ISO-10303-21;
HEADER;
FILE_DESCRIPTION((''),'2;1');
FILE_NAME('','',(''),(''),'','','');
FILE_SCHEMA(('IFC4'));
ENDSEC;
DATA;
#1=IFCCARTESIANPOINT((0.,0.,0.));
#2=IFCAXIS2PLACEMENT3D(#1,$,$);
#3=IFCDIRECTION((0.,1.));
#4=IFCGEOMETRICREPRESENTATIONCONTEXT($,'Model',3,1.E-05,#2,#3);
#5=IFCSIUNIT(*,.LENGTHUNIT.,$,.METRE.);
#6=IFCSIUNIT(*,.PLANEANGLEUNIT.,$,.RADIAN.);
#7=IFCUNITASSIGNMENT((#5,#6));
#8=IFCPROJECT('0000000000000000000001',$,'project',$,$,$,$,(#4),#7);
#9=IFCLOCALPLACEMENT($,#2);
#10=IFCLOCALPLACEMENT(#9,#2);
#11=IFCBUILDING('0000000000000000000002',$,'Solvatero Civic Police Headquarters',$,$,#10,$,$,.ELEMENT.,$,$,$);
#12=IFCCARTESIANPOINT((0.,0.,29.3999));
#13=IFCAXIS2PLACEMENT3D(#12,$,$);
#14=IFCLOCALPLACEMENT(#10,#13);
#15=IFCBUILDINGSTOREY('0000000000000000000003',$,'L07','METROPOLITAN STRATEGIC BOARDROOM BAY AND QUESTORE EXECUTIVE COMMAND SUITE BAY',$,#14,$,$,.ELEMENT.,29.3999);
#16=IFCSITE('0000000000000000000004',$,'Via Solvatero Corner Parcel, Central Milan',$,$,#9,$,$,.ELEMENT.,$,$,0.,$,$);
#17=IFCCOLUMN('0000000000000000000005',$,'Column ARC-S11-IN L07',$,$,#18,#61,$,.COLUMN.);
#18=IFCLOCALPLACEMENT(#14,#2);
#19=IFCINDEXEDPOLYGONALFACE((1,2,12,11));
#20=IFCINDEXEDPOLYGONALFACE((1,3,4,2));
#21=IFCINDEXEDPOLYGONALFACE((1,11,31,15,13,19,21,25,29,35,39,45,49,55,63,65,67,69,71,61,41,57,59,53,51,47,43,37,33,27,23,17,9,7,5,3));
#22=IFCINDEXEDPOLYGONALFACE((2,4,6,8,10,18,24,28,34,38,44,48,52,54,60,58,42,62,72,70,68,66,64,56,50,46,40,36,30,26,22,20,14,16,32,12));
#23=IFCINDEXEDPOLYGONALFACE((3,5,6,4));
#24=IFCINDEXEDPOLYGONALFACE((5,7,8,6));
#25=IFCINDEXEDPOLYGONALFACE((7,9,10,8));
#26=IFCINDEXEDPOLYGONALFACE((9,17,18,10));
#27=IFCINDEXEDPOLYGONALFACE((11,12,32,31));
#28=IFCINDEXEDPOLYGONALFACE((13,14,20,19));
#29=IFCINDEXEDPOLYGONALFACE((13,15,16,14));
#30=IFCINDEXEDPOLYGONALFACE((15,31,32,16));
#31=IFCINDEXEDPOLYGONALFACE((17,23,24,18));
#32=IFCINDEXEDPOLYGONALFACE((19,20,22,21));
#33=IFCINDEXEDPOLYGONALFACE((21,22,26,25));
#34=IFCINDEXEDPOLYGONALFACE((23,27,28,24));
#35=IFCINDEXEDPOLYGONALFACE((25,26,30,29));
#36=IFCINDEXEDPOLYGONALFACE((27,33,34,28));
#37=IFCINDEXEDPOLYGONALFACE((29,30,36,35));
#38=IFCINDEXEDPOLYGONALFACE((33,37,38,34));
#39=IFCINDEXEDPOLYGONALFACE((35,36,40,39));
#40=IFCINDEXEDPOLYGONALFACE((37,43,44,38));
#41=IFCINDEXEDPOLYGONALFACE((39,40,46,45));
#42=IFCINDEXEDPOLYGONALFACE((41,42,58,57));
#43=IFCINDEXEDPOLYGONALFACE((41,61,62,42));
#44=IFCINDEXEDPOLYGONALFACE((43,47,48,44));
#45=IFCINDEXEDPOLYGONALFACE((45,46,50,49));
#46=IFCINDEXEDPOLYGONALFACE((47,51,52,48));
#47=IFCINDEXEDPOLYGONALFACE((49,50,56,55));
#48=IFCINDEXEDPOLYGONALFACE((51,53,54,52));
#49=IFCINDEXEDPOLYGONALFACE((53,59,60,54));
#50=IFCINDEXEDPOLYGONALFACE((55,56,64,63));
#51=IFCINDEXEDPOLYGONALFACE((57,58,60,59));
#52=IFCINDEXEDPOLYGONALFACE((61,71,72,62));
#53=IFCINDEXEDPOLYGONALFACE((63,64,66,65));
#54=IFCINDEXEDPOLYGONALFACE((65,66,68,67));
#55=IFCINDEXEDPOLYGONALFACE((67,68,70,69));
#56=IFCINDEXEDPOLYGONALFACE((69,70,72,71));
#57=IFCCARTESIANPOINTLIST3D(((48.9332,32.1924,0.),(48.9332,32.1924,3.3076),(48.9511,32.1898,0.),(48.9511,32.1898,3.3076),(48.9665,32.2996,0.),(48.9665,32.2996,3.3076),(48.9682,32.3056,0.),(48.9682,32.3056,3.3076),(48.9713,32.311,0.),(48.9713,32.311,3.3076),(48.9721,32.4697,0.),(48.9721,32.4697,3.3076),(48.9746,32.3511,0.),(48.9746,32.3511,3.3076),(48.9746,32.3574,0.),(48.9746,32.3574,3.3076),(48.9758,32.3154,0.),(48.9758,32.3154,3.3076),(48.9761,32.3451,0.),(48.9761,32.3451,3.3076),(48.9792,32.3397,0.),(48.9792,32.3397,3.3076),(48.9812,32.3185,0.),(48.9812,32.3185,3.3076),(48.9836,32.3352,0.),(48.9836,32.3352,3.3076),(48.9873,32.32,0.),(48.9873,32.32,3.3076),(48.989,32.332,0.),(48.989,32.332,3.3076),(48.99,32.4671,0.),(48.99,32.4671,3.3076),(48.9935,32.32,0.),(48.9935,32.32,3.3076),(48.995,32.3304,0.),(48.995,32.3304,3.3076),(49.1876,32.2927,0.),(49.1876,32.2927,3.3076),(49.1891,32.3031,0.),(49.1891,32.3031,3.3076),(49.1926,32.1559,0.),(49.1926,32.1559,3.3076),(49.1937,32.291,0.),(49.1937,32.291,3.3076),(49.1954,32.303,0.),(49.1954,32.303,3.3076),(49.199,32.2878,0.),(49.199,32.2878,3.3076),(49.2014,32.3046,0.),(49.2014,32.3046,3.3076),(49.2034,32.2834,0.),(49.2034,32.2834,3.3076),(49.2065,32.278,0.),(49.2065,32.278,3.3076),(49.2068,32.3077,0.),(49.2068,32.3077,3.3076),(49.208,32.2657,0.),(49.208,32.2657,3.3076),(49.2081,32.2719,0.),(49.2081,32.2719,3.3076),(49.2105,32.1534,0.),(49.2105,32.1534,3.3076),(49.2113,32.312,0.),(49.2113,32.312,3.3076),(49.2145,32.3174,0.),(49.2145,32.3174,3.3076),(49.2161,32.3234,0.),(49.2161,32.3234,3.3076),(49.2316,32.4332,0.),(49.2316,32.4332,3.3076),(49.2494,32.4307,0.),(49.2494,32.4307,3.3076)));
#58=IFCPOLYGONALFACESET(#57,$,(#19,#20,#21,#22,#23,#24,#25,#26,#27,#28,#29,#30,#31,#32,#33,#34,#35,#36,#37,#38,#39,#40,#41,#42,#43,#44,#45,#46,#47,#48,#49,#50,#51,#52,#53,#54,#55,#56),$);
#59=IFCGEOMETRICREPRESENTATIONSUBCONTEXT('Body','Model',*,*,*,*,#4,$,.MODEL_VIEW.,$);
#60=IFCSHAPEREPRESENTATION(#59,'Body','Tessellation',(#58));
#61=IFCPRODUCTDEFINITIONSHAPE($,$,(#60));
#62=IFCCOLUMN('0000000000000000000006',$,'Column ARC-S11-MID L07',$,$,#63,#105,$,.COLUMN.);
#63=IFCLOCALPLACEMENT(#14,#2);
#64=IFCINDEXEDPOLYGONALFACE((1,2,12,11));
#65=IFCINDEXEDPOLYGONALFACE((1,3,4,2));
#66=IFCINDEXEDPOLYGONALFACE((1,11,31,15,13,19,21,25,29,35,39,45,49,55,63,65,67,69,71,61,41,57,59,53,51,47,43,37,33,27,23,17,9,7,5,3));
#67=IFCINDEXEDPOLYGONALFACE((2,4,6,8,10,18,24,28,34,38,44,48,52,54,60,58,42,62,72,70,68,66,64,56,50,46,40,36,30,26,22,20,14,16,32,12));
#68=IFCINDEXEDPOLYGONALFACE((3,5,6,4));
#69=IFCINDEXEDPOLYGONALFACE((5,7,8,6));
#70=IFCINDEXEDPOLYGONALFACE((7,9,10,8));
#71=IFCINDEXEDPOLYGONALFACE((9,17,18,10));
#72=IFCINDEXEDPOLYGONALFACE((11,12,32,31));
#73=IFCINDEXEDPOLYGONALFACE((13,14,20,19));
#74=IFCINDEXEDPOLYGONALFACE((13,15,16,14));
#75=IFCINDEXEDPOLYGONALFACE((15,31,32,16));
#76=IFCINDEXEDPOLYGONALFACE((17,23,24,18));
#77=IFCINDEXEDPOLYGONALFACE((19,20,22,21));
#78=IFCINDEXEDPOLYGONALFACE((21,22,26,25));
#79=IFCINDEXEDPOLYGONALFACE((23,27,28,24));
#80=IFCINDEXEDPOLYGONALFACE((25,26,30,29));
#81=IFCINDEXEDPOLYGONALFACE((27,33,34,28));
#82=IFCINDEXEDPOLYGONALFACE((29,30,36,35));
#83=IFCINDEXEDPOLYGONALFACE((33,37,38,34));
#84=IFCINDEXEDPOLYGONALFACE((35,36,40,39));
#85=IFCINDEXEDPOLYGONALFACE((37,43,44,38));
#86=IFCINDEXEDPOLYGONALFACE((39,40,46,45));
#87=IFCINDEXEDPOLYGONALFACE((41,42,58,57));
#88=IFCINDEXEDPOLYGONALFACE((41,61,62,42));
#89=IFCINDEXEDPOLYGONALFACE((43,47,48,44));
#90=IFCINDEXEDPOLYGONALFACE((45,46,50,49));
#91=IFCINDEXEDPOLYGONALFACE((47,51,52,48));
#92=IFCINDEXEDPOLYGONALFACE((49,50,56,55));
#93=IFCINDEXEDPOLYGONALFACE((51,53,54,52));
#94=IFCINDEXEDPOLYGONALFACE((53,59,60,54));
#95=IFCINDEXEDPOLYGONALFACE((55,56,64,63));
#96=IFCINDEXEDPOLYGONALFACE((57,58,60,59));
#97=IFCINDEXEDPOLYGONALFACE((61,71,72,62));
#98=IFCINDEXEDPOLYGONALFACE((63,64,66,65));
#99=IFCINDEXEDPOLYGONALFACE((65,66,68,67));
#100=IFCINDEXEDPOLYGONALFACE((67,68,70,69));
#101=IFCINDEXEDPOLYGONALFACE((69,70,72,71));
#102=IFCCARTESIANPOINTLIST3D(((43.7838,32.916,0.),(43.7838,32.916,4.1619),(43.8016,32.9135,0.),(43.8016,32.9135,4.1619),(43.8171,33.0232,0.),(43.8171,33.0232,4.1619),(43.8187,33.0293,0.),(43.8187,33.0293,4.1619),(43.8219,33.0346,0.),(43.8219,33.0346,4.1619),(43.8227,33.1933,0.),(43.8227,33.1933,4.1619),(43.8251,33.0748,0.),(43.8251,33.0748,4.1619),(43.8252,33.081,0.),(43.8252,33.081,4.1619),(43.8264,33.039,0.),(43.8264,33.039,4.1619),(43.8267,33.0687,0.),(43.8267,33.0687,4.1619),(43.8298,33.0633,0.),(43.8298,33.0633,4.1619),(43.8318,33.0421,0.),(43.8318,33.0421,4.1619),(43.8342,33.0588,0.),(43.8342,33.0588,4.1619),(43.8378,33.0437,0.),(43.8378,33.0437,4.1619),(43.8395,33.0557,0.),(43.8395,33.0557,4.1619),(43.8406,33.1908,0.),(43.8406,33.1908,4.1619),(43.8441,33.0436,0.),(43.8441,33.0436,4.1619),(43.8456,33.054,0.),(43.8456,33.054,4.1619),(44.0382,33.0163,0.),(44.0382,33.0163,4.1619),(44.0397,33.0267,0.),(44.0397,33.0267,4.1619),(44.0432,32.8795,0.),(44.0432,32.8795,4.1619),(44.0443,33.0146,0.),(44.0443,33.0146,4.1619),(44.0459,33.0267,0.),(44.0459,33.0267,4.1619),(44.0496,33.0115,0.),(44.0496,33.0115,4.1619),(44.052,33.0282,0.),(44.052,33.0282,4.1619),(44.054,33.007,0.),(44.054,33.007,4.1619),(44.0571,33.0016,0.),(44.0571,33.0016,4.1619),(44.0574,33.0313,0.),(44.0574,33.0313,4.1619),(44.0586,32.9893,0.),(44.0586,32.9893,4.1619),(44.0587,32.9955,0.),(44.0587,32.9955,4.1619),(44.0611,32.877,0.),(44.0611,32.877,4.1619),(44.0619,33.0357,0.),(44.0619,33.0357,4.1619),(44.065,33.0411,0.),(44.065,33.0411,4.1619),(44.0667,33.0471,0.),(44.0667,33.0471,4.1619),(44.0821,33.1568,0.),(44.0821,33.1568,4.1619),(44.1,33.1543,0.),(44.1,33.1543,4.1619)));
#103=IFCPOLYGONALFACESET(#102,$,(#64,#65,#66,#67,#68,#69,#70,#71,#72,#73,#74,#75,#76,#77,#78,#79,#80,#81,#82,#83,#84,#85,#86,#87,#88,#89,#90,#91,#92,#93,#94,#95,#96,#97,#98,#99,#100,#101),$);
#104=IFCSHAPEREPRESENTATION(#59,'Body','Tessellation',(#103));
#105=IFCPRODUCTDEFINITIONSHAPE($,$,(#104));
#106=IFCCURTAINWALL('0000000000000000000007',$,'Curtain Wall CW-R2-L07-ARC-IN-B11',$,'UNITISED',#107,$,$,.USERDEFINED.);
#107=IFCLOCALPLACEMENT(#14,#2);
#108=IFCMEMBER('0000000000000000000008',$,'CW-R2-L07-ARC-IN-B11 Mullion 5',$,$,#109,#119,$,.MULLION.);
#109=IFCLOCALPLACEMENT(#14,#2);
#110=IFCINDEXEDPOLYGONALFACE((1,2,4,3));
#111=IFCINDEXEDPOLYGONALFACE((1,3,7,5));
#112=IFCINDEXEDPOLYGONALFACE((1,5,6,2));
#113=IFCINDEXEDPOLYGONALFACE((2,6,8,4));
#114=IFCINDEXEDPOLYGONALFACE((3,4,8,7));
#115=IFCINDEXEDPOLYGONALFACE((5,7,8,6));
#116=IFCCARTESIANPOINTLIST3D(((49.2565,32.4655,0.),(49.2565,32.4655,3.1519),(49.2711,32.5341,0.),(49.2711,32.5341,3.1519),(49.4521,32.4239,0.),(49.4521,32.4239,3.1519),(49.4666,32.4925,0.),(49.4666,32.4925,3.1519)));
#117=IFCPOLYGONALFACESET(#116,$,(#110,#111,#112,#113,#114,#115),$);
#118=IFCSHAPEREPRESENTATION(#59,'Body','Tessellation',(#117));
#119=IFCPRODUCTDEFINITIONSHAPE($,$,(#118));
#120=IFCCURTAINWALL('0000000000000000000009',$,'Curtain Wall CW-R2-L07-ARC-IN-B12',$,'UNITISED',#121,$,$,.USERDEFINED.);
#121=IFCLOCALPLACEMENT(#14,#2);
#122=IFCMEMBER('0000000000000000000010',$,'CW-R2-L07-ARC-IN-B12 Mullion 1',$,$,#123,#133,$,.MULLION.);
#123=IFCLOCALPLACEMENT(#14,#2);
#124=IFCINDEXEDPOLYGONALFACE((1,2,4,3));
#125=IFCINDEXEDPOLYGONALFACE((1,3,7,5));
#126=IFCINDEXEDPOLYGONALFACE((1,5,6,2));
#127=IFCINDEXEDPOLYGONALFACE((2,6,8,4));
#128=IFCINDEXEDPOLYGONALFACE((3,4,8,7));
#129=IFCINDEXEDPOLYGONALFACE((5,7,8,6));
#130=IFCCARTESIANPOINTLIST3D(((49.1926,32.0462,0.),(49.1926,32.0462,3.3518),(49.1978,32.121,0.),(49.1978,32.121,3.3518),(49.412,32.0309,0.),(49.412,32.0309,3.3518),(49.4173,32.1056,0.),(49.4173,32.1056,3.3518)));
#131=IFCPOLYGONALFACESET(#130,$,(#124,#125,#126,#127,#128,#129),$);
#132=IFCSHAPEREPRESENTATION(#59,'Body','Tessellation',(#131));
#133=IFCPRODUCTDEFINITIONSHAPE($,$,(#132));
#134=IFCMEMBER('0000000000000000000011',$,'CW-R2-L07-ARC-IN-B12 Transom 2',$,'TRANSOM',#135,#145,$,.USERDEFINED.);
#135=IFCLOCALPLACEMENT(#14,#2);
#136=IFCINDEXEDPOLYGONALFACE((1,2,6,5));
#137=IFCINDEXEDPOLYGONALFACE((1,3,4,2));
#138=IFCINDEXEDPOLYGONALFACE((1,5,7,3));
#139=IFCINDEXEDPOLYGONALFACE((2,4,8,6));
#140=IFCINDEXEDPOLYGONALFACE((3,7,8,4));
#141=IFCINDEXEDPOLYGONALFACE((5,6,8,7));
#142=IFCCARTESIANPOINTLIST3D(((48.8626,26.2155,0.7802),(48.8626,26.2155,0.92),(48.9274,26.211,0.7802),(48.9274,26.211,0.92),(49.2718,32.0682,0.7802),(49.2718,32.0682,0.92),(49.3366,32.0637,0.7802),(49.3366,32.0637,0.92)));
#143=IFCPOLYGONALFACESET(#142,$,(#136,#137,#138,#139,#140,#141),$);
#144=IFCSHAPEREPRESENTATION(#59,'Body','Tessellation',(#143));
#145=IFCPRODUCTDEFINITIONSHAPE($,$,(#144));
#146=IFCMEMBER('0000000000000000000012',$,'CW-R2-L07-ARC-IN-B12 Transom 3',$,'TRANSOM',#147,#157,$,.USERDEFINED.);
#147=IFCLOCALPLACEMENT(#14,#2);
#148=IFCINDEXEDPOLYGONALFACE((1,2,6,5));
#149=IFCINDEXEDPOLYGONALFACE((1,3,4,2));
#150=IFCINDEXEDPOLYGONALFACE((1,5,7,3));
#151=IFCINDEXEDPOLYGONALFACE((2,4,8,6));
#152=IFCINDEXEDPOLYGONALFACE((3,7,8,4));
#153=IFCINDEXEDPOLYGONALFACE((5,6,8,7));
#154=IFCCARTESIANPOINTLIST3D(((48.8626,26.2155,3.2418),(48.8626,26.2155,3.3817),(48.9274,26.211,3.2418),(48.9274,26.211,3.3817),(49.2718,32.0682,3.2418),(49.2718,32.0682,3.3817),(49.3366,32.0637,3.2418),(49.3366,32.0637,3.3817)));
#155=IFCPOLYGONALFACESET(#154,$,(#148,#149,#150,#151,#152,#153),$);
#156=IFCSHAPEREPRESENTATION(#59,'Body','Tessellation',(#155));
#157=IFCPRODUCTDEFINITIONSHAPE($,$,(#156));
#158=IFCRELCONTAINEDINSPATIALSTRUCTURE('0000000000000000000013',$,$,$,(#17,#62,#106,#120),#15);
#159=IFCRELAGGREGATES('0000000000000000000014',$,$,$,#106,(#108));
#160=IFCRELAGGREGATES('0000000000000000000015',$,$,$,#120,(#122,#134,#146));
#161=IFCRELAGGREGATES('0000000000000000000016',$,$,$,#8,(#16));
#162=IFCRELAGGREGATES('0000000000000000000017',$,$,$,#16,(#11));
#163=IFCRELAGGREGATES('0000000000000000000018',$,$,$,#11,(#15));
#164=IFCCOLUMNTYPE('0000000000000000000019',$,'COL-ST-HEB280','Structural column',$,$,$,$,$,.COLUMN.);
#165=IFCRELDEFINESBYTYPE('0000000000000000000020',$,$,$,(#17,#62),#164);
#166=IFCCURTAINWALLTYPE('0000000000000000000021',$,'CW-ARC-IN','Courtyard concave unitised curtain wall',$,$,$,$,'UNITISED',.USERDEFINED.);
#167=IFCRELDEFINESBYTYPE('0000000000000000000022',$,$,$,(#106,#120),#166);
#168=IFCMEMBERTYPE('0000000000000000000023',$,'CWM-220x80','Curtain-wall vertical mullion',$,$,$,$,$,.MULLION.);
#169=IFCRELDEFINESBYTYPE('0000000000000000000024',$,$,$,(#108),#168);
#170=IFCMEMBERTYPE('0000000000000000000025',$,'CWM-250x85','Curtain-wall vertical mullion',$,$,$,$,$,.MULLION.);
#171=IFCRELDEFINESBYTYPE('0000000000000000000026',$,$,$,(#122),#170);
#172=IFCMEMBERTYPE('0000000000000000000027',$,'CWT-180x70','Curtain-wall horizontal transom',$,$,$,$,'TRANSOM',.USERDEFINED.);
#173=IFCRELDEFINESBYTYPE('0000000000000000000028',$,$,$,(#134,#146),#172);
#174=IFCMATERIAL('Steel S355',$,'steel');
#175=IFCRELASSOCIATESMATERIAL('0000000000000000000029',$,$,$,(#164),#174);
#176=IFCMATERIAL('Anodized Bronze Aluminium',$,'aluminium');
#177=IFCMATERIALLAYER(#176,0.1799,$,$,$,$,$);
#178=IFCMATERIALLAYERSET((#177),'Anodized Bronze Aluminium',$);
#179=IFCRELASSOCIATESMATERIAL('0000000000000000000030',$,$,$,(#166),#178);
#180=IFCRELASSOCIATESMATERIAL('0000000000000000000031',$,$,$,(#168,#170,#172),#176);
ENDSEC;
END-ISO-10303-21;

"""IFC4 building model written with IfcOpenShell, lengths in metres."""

from ifc_helpers import new_model, si_unit, direction, frame, origin, origin_2d, place, context, subcontext, project, spatial, rectangle, i_section, extrude, material, layer, layer_set, material_profile, profile_set, type_object, element, aggregate, save


model = new_model("IFC4")

# Units and contexts
model_context = context("Model", 3, precision=1e-05, world=origin(), true_north=direction((0.0, 1.0)))
body_context = subcontext(model_context, "Body", "Model", "MODEL_VIEW")
ifc_project = project(units=[si_unit("LENGTHUNIT", "METRE"), si_unit("PLANEANGLEUNIT", "RADIAN")], contexts=[model_context])

# Site, building, storey
site_placement = place(None, origin())
site = spatial("IfcSite", under=ifc_project, at=site_placement, Name="Via Solvatero Corner Parcel, Central Milan", CompositionType="ELEMENT", RefElevation=0.0)
building_placement = place(site_placement, origin())
building = spatial("IfcBuilding", under=site, at=building_placement, Name="Solvatero Civic Police Headquarters", CompositionType="ELEMENT")
storey_placement = place(building_placement, frame((0.0, 0.0, 29.3999)))
storey = spatial("IfcBuildingStorey", under=building, at=storey_placement, Name="L07", Description="METROPOLITAN STRATEGIC BOARDROOM BAY AND QUESTORE EXECUTIVE COMMAND SUITE BAY", CompositionType="ELEMENT", Elevation=29.3999)

# Columns
ifc_material_1 = material(Name="Steel S355", Category="steel")
ifc_material_profile_1 = material_profile(ifc_material_1, i_section(OverallWidth=0.28, OverallDepth=0.28, WebThickness=0.0105, FlangeThickness=0.0181, FilletRadius=0.0239, at=origin_2d()), Name="HEB 280")
ifc_profile_set_1 = profile_set([ifc_material_profile_1], Name="Steel S355")
column_type = type_object("IfcColumnType", Name="COL-ST-HEB280", Description="Structural column", PredefinedType="COLUMN", material=ifc_profile_set_1)
column_1_placement = place(storey_placement, frame((49.0913, 32.3115, 0.0), z_axis=(0.0, 0.0, 1.0), x_axis=(0.139173, 0.990268, 0.0)))
element("IfcColumn", 1, at=column_1_placement, inside=storey, type_object=column_type, Name="Column ARC-S11-IN L07", PredefinedType="COLUMN", context=body_context, shape_type="SweptSolid", body=[
    extrude(i_section(OverallWidth=0.28, OverallDepth=0.28, WebThickness=0.0105, FlangeThickness=0.0181, FilletRadius=0.0239, at=origin_2d()), origin(), (0.0, 0.0, 1.0), 3.3076),
])
column_2_placement = place(storey_placement, frame((43.9419, 33.0352, 0.0), z_axis=(0.0, 0.0, 1.0), x_axis=(0.139173, 0.990268, 0.0)))
element("IfcColumn", 2, at=column_2_placement, inside=storey, type_object=column_type, Name="Column ARC-S11-MID L07", PredefinedType="COLUMN", context=body_context, shape_type="SweptSolid", body=[
    extrude(i_section(OverallWidth=0.28, OverallDepth=0.28, WebThickness=0.0105, FlangeThickness=0.0181, FilletRadius=0.0239, at=origin_2d()), origin(), (0.0, 0.0, 1.0), 4.1619),
])

# Curtain wall, member
ifc_material_2 = material(Name="Anodized Bronze Aluminium", Category="aluminium")
ifc_layer_1 = layer(ifc_material_2, 0.1799)
ifc_layer_set_1 = layer_set([ifc_layer_1], Name="Anodized Bronze Aluminium")
curtain_wall_type = type_object("IfcCurtainWallType", Name="CW-ARC-IN", Description="Courtyard concave unitised curtain wall", ElementType="UNITISED", PredefinedType="USERDEFINED", material=ifc_layer_set_1)
curtain_wall_1_placement = place(storey_placement, origin())
curtain_wall_1 = element("IfcCurtainWall", 3, at=curtain_wall_1_placement, inside=storey, type_object=curtain_wall_type, Name="Curtain Wall CW-R2-L07-ARC-IN-B11", ObjectType="UNITISED", PredefinedType="USERDEFINED")
ifc_material_profile_2 = material_profile(ifc_material_2, rectangle(XDim=0.0701, YDim=0.2, at=origin_2d()), Name="ALU MULLION 70x200")
ifc_profile_set_2 = profile_set([ifc_material_profile_2], Name="Anodized Bronze Aluminium")
member_type_1 = type_object("IfcMemberType", Name="CWM-220x80", Description="Curtain-wall vertical mullion", PredefinedType="MULLION", material=ifc_profile_set_2)
member_1_placement = place(storey_placement, frame((49.3616, 32.479, 0.0), z_axis=(0.0, 0.0, 1.0), x_axis=(-0.207912, -0.978148, 0.0)))
member_1 = element("IfcMember", 4, at=member_1_placement, type_object=member_type_1, Name="CW-R2-L07-ARC-IN-B11 Mullion 5", PredefinedType="MULLION", context=body_context, shape_type="SweptSolid", body=[
    extrude(rectangle(XDim=0.0701, YDim=0.2, at=origin_2d()), origin(), (0.0, 0.0, 1.0), 3.1519),
])
aggregate(curtain_wall_1, [member_1])

# Curtain wall, members
curtain_wall_2_placement = place(storey_placement, origin())
curtain_wall_2 = element("IfcCurtainWall", 5, at=curtain_wall_2_placement, inside=storey, type_object=curtain_wall_type, Name="Curtain Wall CW-R2-L07-ARC-IN-B12", ObjectType="UNITISED", PredefinedType="USERDEFINED")
ifc_material_profile_3 = material_profile(ifc_material_2, rectangle(XDim=0.075, YDim=0.22, at=origin_2d()), Name="ALU MULLION 75x220")
ifc_profile_set_3 = profile_set([ifc_material_profile_3], Name="Anodized Bronze Aluminium")
member_type_2 = type_object("IfcMemberType", Name="CWM-250x85", Description="Curtain-wall vertical mullion", PredefinedType="MULLION", material=ifc_profile_set_3)
member_2_placement = place(storey_placement, frame((49.3049, 32.0759, 0.0), z_axis=(0.0, 0.0, 1.0), x_axis=(-0.069774, -0.997563, 0.0)))
member_2 = element("IfcMember", 6, at=member_2_placement, type_object=member_type_2, Name="CW-R2-L07-ARC-IN-B12 Mullion 1", PredefinedType="MULLION", context=body_context, shape_type="SweptSolid", body=[
    extrude(rectangle(XDim=0.075, YDim=0.22, at=origin_2d()), origin(), (0.0, 0.0, 1.0), 3.3518),
])
ifc_material_profile_4 = material_profile(ifc_material_2, rectangle(XDim=0.0649, YDim=0.1399, at=origin_2d()), Name="ALU TRANSOM 65x140")
ifc_profile_set_4 = profile_set([ifc_material_profile_4], Name="Anodized Bronze Aluminium")
member_type_3 = type_object("IfcMemberType", Name="CWT-180x70", Description="Curtain-wall horizontal transom", ElementType="TRANSOM", PredefinedType="USERDEFINED", material=ifc_profile_set_4)
member_3_placement = place(storey_placement, frame((49.3042, 32.0659, 0.8501), z_axis=(-0.069745, -0.997565, 0.0), x_axis=(0.997565, -0.069745, 0.0)))
member_3 = element("IfcMember", 7, at=member_3_placement, type_object=member_type_3, Name="CW-R2-L07-ARC-IN-B12 Transom 2", ObjectType="TRANSOM", PredefinedType="USERDEFINED", context=body_context, shape_type="SweptSolid", body=[
    extrude(rectangle(XDim=0.0649, YDim=0.1399, at=origin_2d()), origin(), (0.0, 0.0, 1.0), 5.8669),
])
member_4_placement = place(storey_placement, frame((49.3042, 32.0659, 3.3118), z_axis=(-0.069745, -0.997565, 0.0), x_axis=(0.997565, -0.069745, 0.0)))
member_4 = element("IfcMember", 8, at=member_4_placement, type_object=member_type_3, Name="CW-R2-L07-ARC-IN-B12 Transom 3", ObjectType="TRANSOM", PredefinedType="USERDEFINED", context=body_context, shape_type="SweptSolid", body=[
    extrude(rectangle(XDim=0.0649, YDim=0.1399, at=origin_2d()), origin(), (0.0, 0.0, 1.0), 5.8669),
])
aggregate(curtain_wall_2, [member_2, member_3, member_4])

save(model, "model.ifc")
